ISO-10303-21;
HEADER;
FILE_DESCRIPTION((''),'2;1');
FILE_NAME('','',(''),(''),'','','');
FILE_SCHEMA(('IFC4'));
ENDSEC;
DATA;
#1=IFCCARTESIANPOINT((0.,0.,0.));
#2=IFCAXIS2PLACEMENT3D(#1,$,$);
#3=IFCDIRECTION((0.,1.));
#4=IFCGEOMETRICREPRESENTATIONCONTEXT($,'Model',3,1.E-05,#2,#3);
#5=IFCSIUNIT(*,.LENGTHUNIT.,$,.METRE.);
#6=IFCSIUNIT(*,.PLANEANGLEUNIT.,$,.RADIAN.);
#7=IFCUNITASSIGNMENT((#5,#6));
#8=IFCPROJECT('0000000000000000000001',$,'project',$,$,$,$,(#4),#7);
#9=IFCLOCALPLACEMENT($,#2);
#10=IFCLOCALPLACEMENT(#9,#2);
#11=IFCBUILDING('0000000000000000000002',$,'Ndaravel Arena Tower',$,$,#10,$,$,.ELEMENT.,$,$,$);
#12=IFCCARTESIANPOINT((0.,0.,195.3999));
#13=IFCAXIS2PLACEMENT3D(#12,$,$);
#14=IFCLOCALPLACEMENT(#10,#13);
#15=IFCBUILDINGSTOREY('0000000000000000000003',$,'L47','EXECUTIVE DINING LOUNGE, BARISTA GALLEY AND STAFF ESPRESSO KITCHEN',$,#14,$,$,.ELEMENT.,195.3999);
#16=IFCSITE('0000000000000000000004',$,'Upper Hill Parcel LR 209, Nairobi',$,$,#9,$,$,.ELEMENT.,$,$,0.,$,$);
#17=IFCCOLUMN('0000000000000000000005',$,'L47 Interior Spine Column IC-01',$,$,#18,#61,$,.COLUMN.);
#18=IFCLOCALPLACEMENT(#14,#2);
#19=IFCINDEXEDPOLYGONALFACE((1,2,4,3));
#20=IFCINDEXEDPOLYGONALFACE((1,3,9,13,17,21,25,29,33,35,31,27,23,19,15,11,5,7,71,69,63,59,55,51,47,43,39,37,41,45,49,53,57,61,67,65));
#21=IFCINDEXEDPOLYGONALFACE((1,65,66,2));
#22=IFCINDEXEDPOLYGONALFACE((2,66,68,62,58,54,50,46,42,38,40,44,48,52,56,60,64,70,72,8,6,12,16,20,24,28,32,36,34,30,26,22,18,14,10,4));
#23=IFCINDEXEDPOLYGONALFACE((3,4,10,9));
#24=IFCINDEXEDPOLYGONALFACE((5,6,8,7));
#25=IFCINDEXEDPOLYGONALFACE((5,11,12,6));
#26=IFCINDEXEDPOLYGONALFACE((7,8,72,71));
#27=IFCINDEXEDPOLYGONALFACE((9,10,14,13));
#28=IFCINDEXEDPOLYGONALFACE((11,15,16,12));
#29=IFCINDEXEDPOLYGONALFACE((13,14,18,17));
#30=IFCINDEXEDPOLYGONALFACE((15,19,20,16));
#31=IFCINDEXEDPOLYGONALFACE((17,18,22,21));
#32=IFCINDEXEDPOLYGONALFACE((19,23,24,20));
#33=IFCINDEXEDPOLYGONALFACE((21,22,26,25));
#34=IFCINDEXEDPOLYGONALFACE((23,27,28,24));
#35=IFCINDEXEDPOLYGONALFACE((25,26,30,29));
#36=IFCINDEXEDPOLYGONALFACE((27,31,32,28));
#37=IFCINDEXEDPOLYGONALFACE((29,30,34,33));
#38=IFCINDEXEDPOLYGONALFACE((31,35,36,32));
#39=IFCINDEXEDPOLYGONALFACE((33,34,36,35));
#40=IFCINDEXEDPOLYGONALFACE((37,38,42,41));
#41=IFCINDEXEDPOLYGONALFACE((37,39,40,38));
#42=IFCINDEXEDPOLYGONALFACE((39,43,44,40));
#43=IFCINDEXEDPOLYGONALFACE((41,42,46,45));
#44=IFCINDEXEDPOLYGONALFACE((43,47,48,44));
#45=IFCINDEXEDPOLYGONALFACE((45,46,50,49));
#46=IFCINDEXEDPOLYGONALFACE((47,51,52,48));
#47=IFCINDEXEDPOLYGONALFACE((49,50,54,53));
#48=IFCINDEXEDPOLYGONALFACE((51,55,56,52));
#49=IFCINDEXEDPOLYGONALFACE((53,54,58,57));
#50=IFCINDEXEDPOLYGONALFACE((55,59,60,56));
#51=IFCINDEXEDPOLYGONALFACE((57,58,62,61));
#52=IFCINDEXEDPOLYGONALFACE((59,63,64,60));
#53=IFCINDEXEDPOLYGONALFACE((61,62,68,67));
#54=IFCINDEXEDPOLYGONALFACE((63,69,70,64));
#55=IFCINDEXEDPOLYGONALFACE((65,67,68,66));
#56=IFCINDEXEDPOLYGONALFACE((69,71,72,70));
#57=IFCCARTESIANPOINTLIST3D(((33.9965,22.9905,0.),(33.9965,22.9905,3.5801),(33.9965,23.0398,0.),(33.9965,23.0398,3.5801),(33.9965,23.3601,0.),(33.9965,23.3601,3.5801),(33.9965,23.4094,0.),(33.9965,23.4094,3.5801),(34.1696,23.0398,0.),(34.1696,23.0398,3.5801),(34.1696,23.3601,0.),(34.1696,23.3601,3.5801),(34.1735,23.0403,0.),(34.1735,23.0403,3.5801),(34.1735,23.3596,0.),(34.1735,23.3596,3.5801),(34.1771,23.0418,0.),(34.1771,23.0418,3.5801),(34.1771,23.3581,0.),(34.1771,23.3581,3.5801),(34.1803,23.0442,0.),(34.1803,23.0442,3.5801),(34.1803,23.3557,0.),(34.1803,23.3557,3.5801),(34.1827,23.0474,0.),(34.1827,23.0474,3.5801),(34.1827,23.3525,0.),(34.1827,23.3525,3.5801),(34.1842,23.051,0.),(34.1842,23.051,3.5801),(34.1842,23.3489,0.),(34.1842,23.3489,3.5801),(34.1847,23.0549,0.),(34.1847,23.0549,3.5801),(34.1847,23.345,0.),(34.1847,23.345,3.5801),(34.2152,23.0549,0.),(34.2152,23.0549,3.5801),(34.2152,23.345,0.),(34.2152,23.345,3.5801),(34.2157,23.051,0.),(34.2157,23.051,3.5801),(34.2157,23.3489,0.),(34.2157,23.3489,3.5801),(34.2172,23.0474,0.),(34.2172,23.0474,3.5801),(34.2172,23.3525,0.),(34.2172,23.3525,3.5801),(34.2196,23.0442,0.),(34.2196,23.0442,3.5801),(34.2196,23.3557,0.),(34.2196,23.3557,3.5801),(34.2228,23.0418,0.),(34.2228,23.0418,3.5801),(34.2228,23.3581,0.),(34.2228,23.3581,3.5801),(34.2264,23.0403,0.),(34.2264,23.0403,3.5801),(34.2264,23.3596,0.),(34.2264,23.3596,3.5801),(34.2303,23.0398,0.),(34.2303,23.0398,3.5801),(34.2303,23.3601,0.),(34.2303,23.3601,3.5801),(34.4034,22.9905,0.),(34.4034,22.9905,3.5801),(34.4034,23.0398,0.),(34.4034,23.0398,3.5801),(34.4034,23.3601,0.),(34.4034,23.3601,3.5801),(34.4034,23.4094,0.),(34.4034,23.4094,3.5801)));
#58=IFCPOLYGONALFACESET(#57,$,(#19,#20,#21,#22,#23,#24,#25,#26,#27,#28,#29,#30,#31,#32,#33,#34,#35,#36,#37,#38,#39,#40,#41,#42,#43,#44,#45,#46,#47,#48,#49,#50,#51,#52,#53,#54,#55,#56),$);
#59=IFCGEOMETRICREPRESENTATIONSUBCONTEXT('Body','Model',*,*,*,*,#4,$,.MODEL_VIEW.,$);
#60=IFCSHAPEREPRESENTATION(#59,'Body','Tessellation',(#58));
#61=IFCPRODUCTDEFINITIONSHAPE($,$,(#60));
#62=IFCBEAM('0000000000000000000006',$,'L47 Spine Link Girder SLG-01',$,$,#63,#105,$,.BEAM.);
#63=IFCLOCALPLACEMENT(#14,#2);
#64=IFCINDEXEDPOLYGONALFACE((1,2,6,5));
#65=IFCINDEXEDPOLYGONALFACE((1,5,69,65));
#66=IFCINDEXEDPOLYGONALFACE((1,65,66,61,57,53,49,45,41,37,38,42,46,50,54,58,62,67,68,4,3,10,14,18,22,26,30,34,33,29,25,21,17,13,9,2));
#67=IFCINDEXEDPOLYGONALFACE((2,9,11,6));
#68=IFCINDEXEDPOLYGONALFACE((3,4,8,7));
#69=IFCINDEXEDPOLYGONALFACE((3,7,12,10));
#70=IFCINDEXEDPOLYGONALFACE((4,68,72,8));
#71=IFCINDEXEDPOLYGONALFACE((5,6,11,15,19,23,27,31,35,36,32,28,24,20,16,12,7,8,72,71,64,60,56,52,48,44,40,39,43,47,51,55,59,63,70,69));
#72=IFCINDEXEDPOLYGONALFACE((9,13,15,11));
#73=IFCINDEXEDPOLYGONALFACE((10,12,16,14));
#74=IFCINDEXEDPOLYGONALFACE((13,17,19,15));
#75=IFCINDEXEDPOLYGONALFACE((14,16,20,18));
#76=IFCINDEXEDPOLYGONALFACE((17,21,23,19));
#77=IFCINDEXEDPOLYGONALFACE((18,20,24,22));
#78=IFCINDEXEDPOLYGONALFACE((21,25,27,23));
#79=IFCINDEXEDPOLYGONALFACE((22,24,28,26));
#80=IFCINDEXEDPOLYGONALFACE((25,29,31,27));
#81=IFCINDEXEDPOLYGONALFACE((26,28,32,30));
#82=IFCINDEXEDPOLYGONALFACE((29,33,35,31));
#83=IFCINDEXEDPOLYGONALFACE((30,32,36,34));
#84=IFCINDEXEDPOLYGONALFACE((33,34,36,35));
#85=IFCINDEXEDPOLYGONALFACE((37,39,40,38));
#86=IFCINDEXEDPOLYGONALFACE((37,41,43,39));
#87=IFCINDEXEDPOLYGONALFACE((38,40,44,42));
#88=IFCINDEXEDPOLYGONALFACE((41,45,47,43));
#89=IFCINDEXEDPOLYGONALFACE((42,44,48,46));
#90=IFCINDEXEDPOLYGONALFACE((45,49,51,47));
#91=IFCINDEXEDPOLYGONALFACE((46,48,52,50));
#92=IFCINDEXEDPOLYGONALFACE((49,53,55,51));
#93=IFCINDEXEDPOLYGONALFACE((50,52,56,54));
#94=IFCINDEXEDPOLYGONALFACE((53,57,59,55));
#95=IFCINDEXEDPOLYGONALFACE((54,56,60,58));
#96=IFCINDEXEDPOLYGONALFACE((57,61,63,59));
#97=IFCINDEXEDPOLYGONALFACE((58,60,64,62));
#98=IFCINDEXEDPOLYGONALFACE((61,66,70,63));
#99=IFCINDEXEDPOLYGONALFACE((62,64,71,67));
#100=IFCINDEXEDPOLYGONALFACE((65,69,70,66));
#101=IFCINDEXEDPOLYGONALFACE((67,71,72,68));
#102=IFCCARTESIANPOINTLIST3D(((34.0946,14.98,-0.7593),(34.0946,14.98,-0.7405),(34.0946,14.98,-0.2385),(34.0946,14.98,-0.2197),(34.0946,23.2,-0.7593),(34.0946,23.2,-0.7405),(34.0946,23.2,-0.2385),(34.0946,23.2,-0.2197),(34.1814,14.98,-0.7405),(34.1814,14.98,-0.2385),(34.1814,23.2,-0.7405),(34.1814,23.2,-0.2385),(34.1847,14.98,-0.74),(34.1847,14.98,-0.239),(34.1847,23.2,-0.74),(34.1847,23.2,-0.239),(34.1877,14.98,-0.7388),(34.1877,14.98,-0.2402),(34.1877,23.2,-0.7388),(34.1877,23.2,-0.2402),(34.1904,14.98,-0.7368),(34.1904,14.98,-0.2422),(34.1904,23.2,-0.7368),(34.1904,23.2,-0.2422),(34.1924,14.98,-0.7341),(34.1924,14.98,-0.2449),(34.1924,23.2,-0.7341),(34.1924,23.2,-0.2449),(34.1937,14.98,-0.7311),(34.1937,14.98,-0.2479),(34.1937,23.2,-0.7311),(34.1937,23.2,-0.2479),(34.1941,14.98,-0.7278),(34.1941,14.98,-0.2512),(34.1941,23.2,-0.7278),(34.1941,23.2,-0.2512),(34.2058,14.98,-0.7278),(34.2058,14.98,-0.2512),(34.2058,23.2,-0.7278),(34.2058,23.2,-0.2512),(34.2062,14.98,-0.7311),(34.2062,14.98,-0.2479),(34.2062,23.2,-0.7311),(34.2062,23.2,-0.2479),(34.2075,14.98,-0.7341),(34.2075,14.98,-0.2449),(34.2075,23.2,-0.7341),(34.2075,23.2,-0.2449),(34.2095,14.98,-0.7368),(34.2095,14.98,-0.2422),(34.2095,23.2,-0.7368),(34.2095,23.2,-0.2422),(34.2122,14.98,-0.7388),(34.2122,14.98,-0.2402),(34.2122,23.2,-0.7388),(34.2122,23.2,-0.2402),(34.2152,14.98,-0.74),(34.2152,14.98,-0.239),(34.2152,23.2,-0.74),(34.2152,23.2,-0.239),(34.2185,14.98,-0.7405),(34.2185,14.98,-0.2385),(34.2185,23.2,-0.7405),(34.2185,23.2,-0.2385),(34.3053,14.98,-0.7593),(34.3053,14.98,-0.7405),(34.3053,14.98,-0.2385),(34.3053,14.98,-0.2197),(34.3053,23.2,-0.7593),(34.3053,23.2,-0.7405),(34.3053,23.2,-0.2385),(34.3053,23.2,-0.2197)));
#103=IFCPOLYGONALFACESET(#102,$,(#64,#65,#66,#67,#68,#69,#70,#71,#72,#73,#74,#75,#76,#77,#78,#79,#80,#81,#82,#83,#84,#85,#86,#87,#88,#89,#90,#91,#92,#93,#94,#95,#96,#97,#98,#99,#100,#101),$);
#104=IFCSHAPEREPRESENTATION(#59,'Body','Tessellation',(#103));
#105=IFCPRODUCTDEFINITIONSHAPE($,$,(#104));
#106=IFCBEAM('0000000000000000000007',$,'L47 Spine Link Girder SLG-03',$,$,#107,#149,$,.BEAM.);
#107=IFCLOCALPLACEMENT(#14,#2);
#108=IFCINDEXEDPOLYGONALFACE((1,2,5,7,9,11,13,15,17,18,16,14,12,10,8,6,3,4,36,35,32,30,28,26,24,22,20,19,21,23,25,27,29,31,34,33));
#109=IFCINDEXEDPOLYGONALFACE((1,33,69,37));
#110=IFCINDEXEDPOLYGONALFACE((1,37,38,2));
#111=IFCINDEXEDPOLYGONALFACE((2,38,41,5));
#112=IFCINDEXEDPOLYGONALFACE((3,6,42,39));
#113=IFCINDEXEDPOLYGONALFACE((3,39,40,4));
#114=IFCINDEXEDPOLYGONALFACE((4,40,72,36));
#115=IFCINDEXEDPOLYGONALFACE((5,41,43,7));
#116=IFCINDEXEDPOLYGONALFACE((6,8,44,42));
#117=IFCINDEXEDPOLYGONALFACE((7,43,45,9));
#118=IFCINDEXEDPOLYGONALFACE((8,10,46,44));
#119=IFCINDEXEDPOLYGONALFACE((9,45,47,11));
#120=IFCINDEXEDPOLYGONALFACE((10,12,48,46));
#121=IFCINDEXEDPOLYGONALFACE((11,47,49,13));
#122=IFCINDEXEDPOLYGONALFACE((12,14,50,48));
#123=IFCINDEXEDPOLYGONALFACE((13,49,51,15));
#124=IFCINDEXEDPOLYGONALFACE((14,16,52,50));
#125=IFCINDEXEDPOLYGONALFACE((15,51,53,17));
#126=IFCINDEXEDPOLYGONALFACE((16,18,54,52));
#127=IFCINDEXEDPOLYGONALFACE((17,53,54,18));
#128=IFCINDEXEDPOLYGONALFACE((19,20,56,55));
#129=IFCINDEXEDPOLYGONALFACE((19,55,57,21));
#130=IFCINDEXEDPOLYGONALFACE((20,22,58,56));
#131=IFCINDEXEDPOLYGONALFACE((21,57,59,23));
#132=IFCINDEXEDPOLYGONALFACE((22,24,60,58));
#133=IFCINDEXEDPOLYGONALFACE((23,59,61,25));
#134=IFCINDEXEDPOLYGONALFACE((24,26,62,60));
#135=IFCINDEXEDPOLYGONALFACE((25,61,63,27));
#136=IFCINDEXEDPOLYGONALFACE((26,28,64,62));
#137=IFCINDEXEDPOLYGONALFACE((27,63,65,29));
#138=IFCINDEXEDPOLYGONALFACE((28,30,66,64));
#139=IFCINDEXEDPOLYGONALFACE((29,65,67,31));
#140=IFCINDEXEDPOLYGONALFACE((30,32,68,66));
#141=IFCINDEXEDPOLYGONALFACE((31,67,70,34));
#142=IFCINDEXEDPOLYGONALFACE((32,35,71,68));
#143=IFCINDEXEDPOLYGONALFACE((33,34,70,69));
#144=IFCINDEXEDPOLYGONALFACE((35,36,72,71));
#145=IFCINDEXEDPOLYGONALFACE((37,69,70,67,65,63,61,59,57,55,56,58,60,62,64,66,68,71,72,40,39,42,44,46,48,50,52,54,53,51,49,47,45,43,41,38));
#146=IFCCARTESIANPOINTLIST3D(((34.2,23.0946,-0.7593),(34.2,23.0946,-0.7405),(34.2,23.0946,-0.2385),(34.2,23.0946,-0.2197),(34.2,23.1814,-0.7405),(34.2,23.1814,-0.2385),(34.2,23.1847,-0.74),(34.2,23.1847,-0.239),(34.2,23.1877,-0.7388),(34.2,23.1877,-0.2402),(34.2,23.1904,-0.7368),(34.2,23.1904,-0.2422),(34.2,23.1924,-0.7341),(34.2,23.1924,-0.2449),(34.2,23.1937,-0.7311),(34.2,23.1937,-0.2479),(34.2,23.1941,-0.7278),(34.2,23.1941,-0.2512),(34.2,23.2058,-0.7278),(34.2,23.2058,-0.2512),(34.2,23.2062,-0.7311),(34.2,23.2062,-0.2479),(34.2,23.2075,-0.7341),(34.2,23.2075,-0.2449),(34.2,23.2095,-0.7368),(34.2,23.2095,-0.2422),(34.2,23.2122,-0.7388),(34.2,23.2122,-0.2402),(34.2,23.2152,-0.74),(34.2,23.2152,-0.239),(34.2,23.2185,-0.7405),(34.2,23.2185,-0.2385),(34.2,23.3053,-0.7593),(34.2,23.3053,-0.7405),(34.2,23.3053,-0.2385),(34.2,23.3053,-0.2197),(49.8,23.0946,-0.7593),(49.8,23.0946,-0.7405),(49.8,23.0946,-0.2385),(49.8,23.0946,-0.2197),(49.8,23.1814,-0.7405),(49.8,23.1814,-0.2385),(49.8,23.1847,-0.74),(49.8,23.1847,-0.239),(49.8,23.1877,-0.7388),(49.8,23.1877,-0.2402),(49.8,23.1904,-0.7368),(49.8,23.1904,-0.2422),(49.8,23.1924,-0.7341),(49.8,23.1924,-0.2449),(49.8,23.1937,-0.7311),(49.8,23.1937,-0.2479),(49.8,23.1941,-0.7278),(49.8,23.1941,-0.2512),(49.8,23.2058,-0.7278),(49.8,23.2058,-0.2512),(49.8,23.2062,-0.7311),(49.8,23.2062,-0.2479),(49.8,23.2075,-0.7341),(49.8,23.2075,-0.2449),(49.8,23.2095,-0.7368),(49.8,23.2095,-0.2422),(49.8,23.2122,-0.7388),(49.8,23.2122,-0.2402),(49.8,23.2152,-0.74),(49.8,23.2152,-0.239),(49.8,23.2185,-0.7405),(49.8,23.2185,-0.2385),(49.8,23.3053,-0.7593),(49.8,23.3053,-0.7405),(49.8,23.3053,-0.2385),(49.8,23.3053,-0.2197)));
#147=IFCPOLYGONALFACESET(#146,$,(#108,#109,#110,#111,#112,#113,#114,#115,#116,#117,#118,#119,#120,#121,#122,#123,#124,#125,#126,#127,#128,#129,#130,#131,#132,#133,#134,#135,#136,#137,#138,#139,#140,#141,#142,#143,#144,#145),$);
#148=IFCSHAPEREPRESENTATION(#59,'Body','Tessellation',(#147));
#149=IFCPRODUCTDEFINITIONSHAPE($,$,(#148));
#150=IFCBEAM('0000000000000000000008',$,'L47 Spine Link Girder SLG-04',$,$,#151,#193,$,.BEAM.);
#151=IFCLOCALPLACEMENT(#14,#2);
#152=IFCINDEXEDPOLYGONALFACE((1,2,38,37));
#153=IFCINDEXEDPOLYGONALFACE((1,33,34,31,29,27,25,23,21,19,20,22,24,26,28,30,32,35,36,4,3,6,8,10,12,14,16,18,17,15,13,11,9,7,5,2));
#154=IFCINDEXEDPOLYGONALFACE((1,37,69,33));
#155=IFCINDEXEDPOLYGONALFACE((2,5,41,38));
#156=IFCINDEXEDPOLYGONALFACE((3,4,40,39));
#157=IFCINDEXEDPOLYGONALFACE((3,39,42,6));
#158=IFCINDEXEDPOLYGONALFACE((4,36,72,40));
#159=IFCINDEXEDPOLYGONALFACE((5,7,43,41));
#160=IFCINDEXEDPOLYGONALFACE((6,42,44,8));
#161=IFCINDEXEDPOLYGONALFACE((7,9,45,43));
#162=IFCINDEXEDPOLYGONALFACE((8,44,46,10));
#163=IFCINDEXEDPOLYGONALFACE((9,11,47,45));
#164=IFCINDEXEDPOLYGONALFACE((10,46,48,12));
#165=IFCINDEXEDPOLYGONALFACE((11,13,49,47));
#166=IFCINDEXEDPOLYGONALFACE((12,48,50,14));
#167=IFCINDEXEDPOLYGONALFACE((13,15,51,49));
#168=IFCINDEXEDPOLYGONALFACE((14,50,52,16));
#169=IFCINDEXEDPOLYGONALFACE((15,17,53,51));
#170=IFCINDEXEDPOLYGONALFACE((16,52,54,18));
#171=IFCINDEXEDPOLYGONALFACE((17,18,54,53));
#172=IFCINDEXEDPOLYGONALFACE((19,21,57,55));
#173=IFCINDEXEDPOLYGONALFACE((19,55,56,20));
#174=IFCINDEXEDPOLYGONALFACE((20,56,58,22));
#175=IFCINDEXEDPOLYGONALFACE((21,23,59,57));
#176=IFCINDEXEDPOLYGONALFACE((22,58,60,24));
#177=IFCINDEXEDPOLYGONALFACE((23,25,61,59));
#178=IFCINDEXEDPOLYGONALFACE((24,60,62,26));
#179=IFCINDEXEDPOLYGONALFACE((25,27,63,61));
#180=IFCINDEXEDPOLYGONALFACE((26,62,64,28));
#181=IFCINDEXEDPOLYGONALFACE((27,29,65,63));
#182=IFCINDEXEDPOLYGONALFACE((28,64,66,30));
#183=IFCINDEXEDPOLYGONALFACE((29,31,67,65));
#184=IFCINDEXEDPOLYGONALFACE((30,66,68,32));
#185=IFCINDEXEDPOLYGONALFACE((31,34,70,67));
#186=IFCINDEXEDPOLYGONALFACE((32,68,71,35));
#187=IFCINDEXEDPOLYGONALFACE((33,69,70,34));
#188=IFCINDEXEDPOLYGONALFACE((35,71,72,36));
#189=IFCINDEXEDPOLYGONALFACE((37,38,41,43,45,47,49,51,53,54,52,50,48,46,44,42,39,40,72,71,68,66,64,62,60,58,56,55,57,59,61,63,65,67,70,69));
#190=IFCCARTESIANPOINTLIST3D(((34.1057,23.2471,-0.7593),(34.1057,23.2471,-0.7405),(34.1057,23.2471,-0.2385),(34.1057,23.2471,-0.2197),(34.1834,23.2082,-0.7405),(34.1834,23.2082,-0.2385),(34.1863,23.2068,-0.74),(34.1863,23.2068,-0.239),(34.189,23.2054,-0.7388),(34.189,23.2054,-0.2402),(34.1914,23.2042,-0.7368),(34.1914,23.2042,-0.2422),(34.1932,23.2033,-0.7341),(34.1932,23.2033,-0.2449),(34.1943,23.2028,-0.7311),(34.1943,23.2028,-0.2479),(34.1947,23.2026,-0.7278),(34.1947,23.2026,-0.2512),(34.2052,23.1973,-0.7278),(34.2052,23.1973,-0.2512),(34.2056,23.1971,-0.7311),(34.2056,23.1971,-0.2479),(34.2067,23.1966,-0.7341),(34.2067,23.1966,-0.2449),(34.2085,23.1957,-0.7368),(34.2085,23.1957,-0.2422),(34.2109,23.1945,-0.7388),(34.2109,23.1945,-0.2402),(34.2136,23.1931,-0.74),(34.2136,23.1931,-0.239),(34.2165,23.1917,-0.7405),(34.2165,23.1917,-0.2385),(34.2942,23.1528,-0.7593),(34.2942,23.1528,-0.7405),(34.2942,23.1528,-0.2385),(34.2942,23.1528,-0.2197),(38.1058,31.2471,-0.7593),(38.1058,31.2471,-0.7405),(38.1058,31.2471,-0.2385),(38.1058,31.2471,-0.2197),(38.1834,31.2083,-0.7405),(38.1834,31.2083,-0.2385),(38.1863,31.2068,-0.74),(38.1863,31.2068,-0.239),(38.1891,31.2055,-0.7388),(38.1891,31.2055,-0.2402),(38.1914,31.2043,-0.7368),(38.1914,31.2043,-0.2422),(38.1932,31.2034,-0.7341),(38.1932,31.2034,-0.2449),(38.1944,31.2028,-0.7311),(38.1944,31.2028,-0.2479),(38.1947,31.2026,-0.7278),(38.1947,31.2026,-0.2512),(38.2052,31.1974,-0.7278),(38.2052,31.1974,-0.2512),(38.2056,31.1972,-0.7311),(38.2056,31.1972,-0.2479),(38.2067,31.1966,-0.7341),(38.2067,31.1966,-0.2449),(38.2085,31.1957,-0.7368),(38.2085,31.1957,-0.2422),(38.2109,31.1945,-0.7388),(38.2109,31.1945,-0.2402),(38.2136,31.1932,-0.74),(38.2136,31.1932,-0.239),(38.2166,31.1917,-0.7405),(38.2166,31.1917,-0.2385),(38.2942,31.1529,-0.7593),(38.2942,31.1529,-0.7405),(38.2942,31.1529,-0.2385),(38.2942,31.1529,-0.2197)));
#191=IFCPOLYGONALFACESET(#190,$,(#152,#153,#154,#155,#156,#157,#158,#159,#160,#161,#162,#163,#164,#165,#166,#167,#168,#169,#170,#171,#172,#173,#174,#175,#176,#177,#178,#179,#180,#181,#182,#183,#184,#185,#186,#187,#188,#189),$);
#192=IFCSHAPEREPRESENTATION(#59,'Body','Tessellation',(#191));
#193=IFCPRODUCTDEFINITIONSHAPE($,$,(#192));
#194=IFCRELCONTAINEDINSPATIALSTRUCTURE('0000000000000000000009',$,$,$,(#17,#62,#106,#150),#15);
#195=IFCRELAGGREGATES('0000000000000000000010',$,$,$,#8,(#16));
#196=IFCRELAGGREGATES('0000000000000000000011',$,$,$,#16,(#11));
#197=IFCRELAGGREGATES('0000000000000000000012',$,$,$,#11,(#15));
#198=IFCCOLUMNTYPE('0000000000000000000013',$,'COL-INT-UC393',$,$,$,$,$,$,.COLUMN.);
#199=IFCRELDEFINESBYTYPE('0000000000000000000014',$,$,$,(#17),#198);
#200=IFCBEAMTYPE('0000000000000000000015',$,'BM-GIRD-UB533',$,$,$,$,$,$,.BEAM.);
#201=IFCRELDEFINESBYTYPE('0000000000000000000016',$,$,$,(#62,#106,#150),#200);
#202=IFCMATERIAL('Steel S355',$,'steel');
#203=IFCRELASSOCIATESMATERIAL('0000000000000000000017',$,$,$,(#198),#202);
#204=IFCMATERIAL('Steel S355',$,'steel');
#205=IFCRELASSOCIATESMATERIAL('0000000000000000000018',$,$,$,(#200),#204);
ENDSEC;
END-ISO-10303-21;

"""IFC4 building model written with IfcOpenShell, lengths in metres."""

from ifc_helpers import new_model, si_unit, direction, frame, origin, origin_2d, place, context, subcontext, project, spatial, i_section, extrude, material, material_profile, profile_set, type_object, element, save


model = new_model("IFC4")

# Units and contexts
model_context = context("Model", 3, precision=1e-05, world=origin(), true_north=direction((0.0, 1.0)))
body_context = subcontext(model_context, "Body", "Model", "MODEL_VIEW")
ifc_project = project(units=[si_unit("LENGTHUNIT", "METRE"), si_unit("PLANEANGLEUNIT", "RADIAN")], contexts=[model_context])

# Site, building, storey
site_placement = place(None, origin())
site = spatial("IfcSite", under=ifc_project, at=site_placement, Name="Upper Hill Parcel LR 209, Nairobi", CompositionType="ELEMENT", RefElevation=0.0)
building_placement = place(site_placement, origin())
building = spatial("IfcBuilding", under=site, at=building_placement, Name="Ndaravel Arena Tower", CompositionType="ELEMENT")
storey_placement = place(building_placement, frame((0.0, 0.0, 195.3999)))
storey = spatial("IfcBuildingStorey", under=building, at=storey_placement, Name="L47", Description="EXECUTIVE DINING LOUNGE, BARISTA GALLEY AND STAFF ESPRESSO KITCHEN", CompositionType="ELEMENT", Elevation=195.3999)

# Column
ifc_material_1 = material(Name="Steel S355", Category="steel")
ifc_material_profile_1 = material_profile(ifc_material_1, i_section(OverallWidth=0.407, OverallDepth=0.4189, WebThickness=0.0305, FlangeThickness=0.0493, FilletRadius=0.0151, at=origin_2d()), Name="UC 356x406x393")
ifc_profile_set_1 = profile_set([ifc_material_profile_1], Name="Steel S355")
column_type = type_object("IfcColumnType", Name="COL-INT-UC393", PredefinedType="COLUMN", material=ifc_profile_set_1)
column_placement = place(storey_placement, frame((34.2, 23.2, 0.0), z_axis=(0.0, 0.0, 1.0), x_axis=(1.0, 0.0, 0.0)))
element("IfcColumn", 1, at=column_placement, inside=storey, type_object=column_type, Name="L47 Interior Spine Column IC-01", PredefinedType="COLUMN", context=body_context, shape_type="SweptSolid", body=[
    extrude(i_section(OverallWidth=0.407, OverallDepth=0.4189, WebThickness=0.0305, FlangeThickness=0.0493, FilletRadius=0.0151, at=origin_2d()), origin(), (0.0, 0.0, 1.0), 3.5801),
])

# Beams
ifc_material_2 = material(Name="Steel S355", Category="steel")
ifc_material_profile_2 = material_profile(ifc_material_2, i_section(OverallWidth=0.2107, OverallDepth=0.5396, WebThickness=0.0117, FlangeThickness=0.0188, FilletRadius=0.0127, at=origin_2d()), Name="UB 533x210x109")
ifc_profile_set_2 = profile_set([ifc_material_profile_2], Name="Steel S355")
beam_type = type_object("IfcBeamType", Name="BM-GIRD-UB533", PredefinedType="BEAM", material=ifc_profile_set_2)
beam_1_placement = place(storey_placement, frame((34.2, 14.98, -0.4895), z_axis=(0.0, 1.0, 0.0), x_axis=(-1.0, 0.0, 0.0)))
element("IfcBeam", 2, at=beam_1_placement, inside=storey, type_object=beam_type, Name="L47 Spine Link Girder SLG-01", PredefinedType="BEAM", context=body_context, shape_type="SweptSolid", body=[
    extrude(i_section(OverallWidth=0.2107, OverallDepth=0.5396, WebThickness=0.0117, FlangeThickness=0.0188, FilletRadius=0.0127, at=origin_2d()), origin(), (0.0, 0.0, 1.0), 8.22),
])
beam_2_placement = place(storey_placement, frame((34.2, 23.2, -0.4895), z_axis=(1.0, 0.0, 0.0), x_axis=(0.0, 1.0, 0.0)))
element("IfcBeam", 3, at=beam_2_placement, inside=storey, type_object=beam_type, Name="L47 Spine Link Girder SLG-03", PredefinedType="BEAM", context=body_context, shape_type="SweptSolid", body=[
    extrude(i_section(OverallWidth=0.2107, OverallDepth=0.5396, WebThickness=0.0117, FlangeThickness=0.0188, FilletRadius=0.0127, at=origin_2d()), origin(), (0.0, 0.0, 1.0), 15.6001),
])
beam_3_placement = place(storey_placement, frame((34.2, 23.2, -0.4895), z_axis=(0.447214, 0.894427, 0.0), x_axis=(-0.894427, 0.447214, 0.0)))
element("IfcBeam", 4, at=beam_3_placement, inside=storey, type_object=beam_type, Name="L47 Spine Link Girder SLG-04", PredefinedType="BEAM", context=body_context, shape_type="SweptSolid", body=[
    extrude(i_section(OverallWidth=0.2107, OverallDepth=0.5396, WebThickness=0.0117, FlangeThickness=0.0188, FilletRadius=0.0127, at=origin_2d()), origin(), (0.0, 0.0, 1.0), 8.9443),
])

save(model, "model.ifc")
